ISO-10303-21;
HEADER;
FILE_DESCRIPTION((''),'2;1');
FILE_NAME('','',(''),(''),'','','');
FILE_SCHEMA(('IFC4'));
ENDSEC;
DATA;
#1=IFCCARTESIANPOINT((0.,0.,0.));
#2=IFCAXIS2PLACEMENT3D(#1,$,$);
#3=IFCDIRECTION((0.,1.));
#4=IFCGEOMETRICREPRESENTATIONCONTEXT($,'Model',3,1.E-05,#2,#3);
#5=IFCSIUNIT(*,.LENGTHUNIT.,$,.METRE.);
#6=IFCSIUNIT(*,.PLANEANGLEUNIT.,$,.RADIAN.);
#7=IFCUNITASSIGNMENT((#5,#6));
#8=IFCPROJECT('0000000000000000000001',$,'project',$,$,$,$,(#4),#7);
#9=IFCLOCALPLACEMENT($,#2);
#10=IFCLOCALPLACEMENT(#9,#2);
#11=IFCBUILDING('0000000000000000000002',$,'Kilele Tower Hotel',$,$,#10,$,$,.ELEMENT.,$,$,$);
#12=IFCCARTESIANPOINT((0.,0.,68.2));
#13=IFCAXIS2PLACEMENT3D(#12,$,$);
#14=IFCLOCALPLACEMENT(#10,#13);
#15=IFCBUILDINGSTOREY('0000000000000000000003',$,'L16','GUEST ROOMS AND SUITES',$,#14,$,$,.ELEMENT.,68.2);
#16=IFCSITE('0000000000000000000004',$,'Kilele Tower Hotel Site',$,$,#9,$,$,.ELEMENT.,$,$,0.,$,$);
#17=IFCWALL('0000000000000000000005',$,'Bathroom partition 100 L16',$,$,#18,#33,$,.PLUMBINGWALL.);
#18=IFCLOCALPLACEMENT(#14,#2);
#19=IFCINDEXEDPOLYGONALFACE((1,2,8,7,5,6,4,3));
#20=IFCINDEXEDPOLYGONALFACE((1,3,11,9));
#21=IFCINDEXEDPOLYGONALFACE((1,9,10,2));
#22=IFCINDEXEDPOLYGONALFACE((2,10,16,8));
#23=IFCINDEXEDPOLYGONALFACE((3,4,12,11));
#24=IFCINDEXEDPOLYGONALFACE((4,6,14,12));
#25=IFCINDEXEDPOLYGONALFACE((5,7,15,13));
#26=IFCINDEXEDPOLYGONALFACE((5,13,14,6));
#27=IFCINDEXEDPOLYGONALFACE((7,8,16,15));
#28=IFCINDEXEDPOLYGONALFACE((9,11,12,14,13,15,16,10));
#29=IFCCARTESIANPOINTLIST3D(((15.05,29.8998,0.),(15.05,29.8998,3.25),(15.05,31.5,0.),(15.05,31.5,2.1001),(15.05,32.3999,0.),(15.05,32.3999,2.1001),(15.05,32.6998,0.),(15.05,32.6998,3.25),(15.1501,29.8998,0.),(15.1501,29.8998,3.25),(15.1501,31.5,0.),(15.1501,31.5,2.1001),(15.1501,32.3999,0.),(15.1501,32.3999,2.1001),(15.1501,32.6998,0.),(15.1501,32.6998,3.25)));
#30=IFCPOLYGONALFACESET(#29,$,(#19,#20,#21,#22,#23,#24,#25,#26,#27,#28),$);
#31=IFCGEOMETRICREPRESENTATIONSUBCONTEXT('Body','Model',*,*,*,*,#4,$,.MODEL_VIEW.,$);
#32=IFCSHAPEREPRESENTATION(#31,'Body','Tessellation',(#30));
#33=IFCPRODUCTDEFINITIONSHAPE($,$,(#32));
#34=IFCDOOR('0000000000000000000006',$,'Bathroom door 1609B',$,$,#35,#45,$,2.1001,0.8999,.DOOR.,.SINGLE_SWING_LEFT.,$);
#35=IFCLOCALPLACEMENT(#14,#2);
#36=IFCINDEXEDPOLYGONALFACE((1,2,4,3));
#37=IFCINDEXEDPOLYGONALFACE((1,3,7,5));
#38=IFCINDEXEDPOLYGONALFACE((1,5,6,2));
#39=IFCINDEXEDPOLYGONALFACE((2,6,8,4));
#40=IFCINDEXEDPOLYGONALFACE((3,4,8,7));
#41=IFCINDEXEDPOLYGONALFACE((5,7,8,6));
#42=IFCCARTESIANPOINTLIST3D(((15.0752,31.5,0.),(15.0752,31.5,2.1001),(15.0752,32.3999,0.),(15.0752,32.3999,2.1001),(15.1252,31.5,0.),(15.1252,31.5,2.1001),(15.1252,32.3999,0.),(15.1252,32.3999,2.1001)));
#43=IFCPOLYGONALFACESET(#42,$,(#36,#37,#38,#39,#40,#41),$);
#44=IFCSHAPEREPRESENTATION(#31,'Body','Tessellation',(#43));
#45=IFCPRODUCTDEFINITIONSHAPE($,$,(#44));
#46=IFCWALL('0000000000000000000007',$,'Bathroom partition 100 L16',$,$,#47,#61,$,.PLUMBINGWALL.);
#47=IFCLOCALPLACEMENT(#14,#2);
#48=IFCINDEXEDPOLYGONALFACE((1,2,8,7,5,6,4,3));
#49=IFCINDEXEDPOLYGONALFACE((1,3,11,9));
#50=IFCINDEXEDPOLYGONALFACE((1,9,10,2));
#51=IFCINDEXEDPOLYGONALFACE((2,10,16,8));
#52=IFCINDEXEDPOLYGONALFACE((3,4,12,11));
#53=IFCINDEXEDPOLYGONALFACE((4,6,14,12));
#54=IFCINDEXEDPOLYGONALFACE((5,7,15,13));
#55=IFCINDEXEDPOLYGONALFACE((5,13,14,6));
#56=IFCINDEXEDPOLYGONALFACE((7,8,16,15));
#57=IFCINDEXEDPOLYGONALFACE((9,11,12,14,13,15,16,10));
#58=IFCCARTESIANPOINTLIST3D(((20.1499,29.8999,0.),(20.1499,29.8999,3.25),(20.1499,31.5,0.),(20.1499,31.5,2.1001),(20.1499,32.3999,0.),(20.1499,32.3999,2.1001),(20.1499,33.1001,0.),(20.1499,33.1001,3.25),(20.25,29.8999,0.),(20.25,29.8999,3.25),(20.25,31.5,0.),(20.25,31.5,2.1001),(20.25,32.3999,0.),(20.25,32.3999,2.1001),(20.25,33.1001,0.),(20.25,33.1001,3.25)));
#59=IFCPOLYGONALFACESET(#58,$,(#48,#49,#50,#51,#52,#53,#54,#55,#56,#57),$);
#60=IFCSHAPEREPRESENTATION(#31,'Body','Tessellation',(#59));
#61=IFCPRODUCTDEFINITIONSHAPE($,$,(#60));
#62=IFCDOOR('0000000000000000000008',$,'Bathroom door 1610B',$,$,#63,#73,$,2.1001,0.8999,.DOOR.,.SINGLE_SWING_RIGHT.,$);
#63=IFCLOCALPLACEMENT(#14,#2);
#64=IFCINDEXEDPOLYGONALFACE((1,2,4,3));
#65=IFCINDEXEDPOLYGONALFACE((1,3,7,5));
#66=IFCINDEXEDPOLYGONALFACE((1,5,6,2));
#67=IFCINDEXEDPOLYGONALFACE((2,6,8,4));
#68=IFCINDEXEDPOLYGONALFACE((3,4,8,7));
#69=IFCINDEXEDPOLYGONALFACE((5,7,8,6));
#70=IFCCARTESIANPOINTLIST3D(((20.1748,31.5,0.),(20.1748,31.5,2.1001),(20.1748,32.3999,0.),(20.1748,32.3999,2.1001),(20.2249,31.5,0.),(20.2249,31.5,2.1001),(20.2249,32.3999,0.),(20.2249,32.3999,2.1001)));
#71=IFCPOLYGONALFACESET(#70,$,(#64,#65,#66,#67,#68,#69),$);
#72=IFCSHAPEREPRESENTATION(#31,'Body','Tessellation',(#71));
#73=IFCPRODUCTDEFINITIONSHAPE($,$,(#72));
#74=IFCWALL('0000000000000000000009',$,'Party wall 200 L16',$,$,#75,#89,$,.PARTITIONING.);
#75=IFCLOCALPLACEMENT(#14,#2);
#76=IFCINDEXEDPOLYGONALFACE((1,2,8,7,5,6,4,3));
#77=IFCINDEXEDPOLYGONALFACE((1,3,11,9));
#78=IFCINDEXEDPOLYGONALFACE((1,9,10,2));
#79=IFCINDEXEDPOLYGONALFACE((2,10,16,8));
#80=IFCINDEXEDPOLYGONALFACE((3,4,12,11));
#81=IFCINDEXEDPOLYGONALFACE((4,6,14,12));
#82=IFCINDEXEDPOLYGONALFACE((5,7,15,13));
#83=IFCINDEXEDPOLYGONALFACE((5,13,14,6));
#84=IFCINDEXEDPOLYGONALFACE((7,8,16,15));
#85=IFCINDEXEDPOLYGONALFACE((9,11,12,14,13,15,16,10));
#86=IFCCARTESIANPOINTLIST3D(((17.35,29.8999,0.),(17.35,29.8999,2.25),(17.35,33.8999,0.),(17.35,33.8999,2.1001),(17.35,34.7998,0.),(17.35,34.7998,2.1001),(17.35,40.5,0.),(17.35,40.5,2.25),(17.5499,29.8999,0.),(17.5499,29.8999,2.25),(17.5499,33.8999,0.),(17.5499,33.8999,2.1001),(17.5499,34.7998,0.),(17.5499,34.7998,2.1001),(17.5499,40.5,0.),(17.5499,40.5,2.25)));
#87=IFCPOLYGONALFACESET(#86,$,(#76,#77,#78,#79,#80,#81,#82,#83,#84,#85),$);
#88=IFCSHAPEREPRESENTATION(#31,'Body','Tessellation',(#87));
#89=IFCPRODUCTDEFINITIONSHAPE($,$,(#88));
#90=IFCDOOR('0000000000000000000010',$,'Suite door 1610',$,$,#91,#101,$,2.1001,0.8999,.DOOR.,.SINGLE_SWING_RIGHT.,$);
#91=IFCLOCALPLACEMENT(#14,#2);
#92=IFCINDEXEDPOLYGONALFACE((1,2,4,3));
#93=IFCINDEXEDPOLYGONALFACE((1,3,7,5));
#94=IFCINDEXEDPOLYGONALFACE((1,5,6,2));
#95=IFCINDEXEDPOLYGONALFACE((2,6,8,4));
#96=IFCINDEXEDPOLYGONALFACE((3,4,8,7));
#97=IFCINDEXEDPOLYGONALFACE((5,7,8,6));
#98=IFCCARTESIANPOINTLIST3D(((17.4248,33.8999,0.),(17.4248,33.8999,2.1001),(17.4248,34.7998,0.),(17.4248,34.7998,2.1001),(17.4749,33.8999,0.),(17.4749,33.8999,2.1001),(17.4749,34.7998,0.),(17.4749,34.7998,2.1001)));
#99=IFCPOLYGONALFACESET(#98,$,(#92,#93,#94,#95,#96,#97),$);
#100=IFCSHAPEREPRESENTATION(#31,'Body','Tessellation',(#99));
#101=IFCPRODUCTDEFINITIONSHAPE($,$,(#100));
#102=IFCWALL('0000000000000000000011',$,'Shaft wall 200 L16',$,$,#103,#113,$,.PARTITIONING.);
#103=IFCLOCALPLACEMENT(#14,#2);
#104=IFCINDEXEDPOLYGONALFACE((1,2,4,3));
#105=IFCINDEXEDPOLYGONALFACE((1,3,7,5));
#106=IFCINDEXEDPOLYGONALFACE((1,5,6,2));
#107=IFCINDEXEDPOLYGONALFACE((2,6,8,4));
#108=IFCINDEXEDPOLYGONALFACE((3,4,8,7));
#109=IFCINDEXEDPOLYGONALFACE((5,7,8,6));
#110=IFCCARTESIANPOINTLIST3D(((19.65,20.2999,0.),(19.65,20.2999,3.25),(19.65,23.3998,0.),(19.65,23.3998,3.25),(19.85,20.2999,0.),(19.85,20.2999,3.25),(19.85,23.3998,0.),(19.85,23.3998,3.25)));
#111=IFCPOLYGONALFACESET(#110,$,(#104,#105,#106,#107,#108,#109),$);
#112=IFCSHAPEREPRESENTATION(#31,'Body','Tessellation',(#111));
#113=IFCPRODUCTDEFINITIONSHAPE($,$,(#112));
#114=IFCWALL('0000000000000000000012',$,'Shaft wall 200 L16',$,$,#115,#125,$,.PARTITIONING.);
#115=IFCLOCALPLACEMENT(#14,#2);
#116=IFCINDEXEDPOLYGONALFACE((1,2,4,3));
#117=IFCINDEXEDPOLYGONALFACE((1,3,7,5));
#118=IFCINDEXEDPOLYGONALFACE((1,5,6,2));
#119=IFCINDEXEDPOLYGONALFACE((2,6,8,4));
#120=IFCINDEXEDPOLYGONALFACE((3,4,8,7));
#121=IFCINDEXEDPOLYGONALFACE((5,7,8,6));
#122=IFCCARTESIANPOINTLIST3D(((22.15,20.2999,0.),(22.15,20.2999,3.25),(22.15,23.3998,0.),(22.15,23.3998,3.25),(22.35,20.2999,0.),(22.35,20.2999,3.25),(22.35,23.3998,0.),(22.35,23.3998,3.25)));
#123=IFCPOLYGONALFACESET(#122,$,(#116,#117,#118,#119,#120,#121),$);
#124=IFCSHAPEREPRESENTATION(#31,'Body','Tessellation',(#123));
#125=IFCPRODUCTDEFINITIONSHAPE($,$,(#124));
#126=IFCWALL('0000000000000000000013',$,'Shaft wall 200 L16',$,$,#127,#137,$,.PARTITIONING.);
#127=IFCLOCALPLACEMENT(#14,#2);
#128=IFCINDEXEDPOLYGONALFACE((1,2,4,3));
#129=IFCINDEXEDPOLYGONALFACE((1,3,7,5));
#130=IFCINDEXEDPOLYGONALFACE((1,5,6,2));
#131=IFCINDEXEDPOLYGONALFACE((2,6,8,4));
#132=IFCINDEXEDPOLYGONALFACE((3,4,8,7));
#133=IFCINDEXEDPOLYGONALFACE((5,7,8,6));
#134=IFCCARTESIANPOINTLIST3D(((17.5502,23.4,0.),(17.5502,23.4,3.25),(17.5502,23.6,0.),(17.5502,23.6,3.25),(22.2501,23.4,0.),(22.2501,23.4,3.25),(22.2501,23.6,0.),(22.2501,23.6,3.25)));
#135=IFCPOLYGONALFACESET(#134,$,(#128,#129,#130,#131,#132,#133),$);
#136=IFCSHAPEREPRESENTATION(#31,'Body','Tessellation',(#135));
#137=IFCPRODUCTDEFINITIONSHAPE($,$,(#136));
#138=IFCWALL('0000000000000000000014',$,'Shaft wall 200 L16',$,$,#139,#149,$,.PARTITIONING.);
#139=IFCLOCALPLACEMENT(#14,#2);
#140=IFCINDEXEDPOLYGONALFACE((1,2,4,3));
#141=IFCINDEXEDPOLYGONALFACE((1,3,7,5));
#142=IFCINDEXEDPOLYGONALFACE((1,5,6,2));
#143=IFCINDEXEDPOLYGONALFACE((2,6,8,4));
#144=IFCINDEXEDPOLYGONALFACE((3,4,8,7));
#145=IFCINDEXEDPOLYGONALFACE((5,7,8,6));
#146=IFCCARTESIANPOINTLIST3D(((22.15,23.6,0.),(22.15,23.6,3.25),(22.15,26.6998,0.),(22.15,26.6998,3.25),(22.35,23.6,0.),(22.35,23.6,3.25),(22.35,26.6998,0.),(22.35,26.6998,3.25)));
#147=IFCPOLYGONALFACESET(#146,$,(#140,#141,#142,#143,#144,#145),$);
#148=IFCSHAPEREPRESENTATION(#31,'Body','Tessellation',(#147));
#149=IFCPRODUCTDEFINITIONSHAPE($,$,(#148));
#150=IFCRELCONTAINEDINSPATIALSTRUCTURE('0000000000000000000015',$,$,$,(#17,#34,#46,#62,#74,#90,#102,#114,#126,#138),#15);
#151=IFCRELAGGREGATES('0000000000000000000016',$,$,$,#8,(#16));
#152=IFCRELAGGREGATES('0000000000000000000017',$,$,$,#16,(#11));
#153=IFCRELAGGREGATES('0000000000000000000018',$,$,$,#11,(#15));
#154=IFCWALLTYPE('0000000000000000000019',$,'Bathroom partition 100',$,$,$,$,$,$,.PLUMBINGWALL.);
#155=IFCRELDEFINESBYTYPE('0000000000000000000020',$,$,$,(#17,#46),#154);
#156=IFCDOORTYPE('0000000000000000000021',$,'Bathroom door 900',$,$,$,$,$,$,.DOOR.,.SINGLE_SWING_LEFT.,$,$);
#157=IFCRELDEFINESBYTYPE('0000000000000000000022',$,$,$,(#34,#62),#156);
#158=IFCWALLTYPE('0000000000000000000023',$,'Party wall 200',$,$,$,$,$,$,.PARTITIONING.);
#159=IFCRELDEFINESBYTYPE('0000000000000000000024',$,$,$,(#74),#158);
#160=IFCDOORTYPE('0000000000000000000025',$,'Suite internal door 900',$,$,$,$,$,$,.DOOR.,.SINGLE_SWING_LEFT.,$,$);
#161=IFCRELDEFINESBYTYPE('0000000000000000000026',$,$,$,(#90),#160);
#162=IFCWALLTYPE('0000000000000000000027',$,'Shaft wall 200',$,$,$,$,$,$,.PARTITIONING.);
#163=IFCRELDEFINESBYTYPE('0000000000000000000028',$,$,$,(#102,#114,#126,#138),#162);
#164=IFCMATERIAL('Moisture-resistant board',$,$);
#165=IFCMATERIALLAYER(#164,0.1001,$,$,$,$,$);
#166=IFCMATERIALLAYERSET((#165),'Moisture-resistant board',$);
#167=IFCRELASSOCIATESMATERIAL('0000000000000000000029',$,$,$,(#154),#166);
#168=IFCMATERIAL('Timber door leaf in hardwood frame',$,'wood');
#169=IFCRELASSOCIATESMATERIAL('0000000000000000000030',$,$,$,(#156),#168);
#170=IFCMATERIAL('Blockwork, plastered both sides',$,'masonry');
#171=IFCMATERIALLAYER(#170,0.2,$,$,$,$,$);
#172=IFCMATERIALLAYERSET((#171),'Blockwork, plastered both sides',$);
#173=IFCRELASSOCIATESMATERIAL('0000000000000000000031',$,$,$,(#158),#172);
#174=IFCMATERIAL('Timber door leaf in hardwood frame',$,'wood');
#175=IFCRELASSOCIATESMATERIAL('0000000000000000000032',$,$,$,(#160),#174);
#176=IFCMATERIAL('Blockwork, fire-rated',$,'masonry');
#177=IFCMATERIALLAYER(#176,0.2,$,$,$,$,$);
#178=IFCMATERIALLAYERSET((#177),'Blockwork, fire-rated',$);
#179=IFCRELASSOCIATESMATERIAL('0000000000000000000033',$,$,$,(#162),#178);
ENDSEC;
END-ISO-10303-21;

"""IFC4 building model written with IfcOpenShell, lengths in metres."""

from ifc_helpers import new_model, si_unit, direction, frame, frame_2d, origin, place, context, subcontext, project, spatial, rectangle, extrude, material, layer, layer_set, type_object, element, fill, save


model = new_model("IFC4")

# Units and contexts
model_context = context("Model", 3, precision=1e-05, world=origin(), true_north=direction((0.0, 1.0)))
body_context = subcontext(model_context, "Body", "Model", "MODEL_VIEW")
ifc_project = project(units=[si_unit("LENGTHUNIT", "METRE"), si_unit("PLANEANGLEUNIT", "RADIAN")], contexts=[model_context])

# Site, building, storey
site_placement = place(None, origin())
site = spatial("IfcSite", under=ifc_project, at=site_placement, Name="Kilele Tower Hotel Site", CompositionType="ELEMENT", RefElevation=0.0)
building_placement = place(site_placement, origin())
building = spatial("IfcBuilding", under=site, at=building_placement, Name="Kilele Tower Hotel", CompositionType="ELEMENT")
storey_placement = place(building_placement, frame((0.0, 0.0, 68.2)))
storey = spatial("IfcBuildingStorey", under=building, at=storey_placement, Name="L16", Description="GUEST ROOMS AND SUITES", CompositionType="ELEMENT", Elevation=68.2)

# Walls, openings, doors
ifc_material_1 = material(Name="Moisture-resistant board")
ifc_layer_1 = layer(ifc_material_1, 0.1001)
ifc_layer_set_1 = layer_set([ifc_layer_1], Name="Moisture-resistant board")
wall_type_1 = type_object("IfcWallType", Name="Bathroom partition 100", PredefinedType="PLUMBINGWALL", material=ifc_layer_set_1)
wall_1_placement = place(storey_placement, frame((15.1001, 29.8999, 0.0), z_axis=(0.0, 0.0, 1.0), x_axis=(0.0, 1.0, 0.0)))
wall_1 = element("IfcWall", 1, at=wall_1_placement, inside=storey, type_object=wall_type_1, Name="Bathroom partition 100 L16", PredefinedType="PLUMBINGWALL", context=body_context, shape_type="SweptSolid", body=[
    extrude(rectangle(XDim=2.8, YDim=0.1001, at=frame_2d((1.3999, 0.0))), origin(), (0.0, 0.0, 1.0), 3.25),
])
opening_1_placement = place(wall_1_placement, frame((1.6001, 0.0, 0.0)))
opening_1 = element("IfcOpeningElement", 2, at=opening_1_placement, cuts=wall_1, PredefinedType="OPENING", context=body_context, shape_type="SweptSolid", body=[
    extrude(rectangle(XDim=0.8999, YDim=2.1001, at=frame_2d((0.45, 1.05))), frame((0.0, 0.0601, 0.0), z_axis=(0.0, -1.0, 0.0), x_axis=(1.0, 0.0, 0.0)), (0.0, 0.0, 1.0), 0.1201),
])
ifc_material_2 = material(Name="Timber door leaf in hardwood frame", Category="wood")
door_type_1 = type_object("IfcDoorType", Name="Bathroom door 900", OperationType="SINGLE_SWING_LEFT", PredefinedType="DOOR", material=ifc_material_2)
door_1_placement = place(opening_1_placement, origin())
door_1 = element("IfcDoor", 3, at=door_1_placement, inside=storey, type_object=door_type_1, Name="Bathroom door 1609B", OperationType="SINGLE_SWING_LEFT", OverallHeight=2.1001, OverallWidth=0.8999, PredefinedType="DOOR", context=body_context, shape_type="SweptSolid", body=[
    extrude(rectangle(XDim=0.8999, YDim=2.1001, at=frame_2d((0.45, 1.05))), frame((0.0, 0.0249, 0.0), z_axis=(0.0, -1.0, 0.0), x_axis=(1.0, 0.0, 0.0)), (0.0, 0.0, 1.0), 0.05),
])
fill(opening_1, door_1)
wall_2_placement = place(storey_placement, frame((20.2, 29.8999, 0.0), z_axis=(0.0, 0.0, 1.0), x_axis=(0.0, 1.0, 0.0)))
wall_2 = element("IfcWall", 4, at=wall_2_placement, inside=storey, type_object=wall_type_1, Name="Bathroom partition 100 L16", PredefinedType="PLUMBINGWALL", context=body_context, shape_type="SweptSolid", body=[
    extrude(rectangle(XDim=3.2002, YDim=0.1001, at=frame_2d((1.6001, 0.0))), origin(), (0.0, 0.0, 1.0), 3.25),
])
opening_2_placement = place(wall_2_placement, frame((2.5, 0.0, 0.0), z_axis=(0.0, 0.0, 1.0), x_axis=(-1.0, 0.0, 0.0)))
opening_2 = element("IfcOpeningElement", 5, at=opening_2_placement, cuts=wall_2, PredefinedType="OPENING", context=body_context, shape_type="SweptSolid", body=[
    extrude(rectangle(XDim=0.8999, YDim=2.1001, at=frame_2d((0.45, 1.05))), frame((0.0, 0.0601, 0.0), z_axis=(0.0, -1.0, 0.0), x_axis=(1.0, 0.0, 0.0)), (0.0, 0.0, 1.0), 0.1201),
])
door_2_placement = place(opening_2_placement, origin())
door_2 = element("IfcDoor", 6, at=door_2_placement, inside=storey, type_object=door_type_1, Name="Bathroom door 1610B", OperationType="SINGLE_SWING_RIGHT", OverallHeight=2.1001, OverallWidth=0.8999, PredefinedType="DOOR", context=body_context, shape_type="SweptSolid", body=[
    extrude(rectangle(XDim=0.8999, YDim=2.1001, at=frame_2d((0.45, 1.05))), frame((0.0, 0.0249, 0.0), z_axis=(0.0, -1.0, 0.0), x_axis=(1.0, 0.0, 0.0)), (0.0, 0.0, 1.0), 0.05),
])
fill(opening_2, door_2)
ifc_material_3 = material(Name="Blockwork, plastered both sides", Category="masonry")
ifc_layer_2 = layer(ifc_material_3, 0.2)
ifc_layer_set_2 = layer_set([ifc_layer_2], Name="Blockwork, plastered both sides")
wall_type_2 = type_object("IfcWallType", Name="Party wall 200", PredefinedType="PARTITIONING", material=ifc_layer_set_2)
wall_3_placement = place(storey_placement, frame((17.45, 29.8999, 0.0), z_axis=(0.0, 0.0, 1.0), x_axis=(0.0, 1.0, 0.0)))
wall_3 = element("IfcWall", 7, at=wall_3_placement, inside=storey, type_object=wall_type_2, Name="Party wall 200 L16", PredefinedType="PARTITIONING", context=body_context, shape_type="SweptSolid", body=[
    extrude(rectangle(XDim=10.6001, YDim=0.2, at=frame_2d((5.3, 0.0))), origin(), (0.0, 0.0, 1.0), 2.25),
])
opening_3_placement = place(wall_3_placement, frame((4.8999, 0.0, 0.0), z_axis=(0.0, 0.0, 1.0), x_axis=(-1.0, 0.0, 0.0)))
opening_3 = element("IfcOpeningElement", 8, at=opening_3_placement, cuts=wall_3, PredefinedType="OPENING", context=body_context, shape_type="SweptSolid", body=[
    extrude(rectangle(XDim=0.8999, YDim=2.1001, at=frame_2d((0.45, 1.05))), frame((0.0, 0.1099, 0.0), z_axis=(0.0, -1.0, 0.0), x_axis=(1.0, 0.0, 0.0)), (0.0, 0.0, 1.0), 0.22),
])
ifc_material_4 = material(Name="Timber door leaf in hardwood frame", Category="wood")
door_type_2 = type_object("IfcDoorType", Name="Suite internal door 900", OperationType="SINGLE_SWING_LEFT", PredefinedType="DOOR", material=ifc_material_4)
door_3_placement = place(opening_3_placement, origin())
door_3 = element("IfcDoor", 9, at=door_3_placement, inside=storey, type_object=door_type_2, Name="Suite door 1610", OperationType="SINGLE_SWING_RIGHT", OverallHeight=2.1001, OverallWidth=0.8999, PredefinedType="DOOR", context=body_context, shape_type="SweptSolid", body=[
    extrude(rectangle(XDim=0.8999, YDim=2.1001, at=frame_2d((0.45, 1.05))), frame((0.0, 0.0249, 0.0), z_axis=(0.0, -1.0, 0.0), x_axis=(1.0, 0.0, 0.0)), (0.0, 0.0, 1.0), 0.05),
])
fill(opening_3, door_3)

# Walls
ifc_material_5 = material(Name="Blockwork, fire-rated", Category="masonry")
ifc_layer_3 = layer(ifc_material_5, 0.2)
ifc_layer_set_3 = layer_set([ifc_layer_3], Name="Blockwork, fire-rated")
wall_type_3 = type_object("IfcWallType", Name="Shaft wall 200", PredefinedType="PARTITIONING", material=ifc_layer_set_3)
for number, where, z_axis, x_axis, name in (
    (10, (19.75, 20.3, 0.0), (0.0, 0.0, 1.0), (0.0, 1.0, 0.0), "Shaft wall 200 L16"),
    (11, (22.25, 20.3, 0.0), (0.0, 0.0, 1.0), (0.0, 1.0, 0.0), "Shaft wall 200 L16"),
):
    element("IfcWall", number, at=place(storey_placement, frame(where, z_axis=z_axis, x_axis=x_axis)), inside=storey, type_object=wall_type_3, Name=name, PredefinedType="PARTITIONING", context=body_context, shape_type="SweptSolid", body=[
        extrude(rectangle(XDim=3.0999, YDim=0.2, at=frame_2d((1.5498, 0.0))), origin(), (0.0, 0.0, 1.0), 3.25),
    ])
wall_4_placement = place(storey_placement, frame((17.55, 23.5, 0.0), z_axis=(0.0, 0.0, 1.0), x_axis=(1.0, 0.0, 0.0)))
element("IfcWall", 12, at=wall_4_placement, inside=storey, type_object=wall_type_3, Name="Shaft wall 200 L16", PredefinedType="PARTITIONING", context=body_context, shape_type="SweptSolid", body=[
    extrude(rectangle(XDim=4.7, YDim=0.2, at=frame_2d((2.3501, 0.0))), origin(), (0.0, 0.0, 1.0), 3.25),
])
wall_5_placement = place(storey_placement, frame((22.25, 23.6001, 0.0), z_axis=(0.0, 0.0, 1.0), x_axis=(0.0, 1.0, 0.0)))
element("IfcWall", 13, at=wall_5_placement, inside=storey, type_object=wall_type_3, Name="Shaft wall 200 L16", PredefinedType="PARTITIONING", context=body_context, shape_type="SweptSolid", body=[
    extrude(rectangle(XDim=3.0999, YDim=0.2, at=frame_2d((1.5498, 0.0))), origin(), (0.0, 0.0, 1.0), 3.25),
])

save(model, "model.ifc")
